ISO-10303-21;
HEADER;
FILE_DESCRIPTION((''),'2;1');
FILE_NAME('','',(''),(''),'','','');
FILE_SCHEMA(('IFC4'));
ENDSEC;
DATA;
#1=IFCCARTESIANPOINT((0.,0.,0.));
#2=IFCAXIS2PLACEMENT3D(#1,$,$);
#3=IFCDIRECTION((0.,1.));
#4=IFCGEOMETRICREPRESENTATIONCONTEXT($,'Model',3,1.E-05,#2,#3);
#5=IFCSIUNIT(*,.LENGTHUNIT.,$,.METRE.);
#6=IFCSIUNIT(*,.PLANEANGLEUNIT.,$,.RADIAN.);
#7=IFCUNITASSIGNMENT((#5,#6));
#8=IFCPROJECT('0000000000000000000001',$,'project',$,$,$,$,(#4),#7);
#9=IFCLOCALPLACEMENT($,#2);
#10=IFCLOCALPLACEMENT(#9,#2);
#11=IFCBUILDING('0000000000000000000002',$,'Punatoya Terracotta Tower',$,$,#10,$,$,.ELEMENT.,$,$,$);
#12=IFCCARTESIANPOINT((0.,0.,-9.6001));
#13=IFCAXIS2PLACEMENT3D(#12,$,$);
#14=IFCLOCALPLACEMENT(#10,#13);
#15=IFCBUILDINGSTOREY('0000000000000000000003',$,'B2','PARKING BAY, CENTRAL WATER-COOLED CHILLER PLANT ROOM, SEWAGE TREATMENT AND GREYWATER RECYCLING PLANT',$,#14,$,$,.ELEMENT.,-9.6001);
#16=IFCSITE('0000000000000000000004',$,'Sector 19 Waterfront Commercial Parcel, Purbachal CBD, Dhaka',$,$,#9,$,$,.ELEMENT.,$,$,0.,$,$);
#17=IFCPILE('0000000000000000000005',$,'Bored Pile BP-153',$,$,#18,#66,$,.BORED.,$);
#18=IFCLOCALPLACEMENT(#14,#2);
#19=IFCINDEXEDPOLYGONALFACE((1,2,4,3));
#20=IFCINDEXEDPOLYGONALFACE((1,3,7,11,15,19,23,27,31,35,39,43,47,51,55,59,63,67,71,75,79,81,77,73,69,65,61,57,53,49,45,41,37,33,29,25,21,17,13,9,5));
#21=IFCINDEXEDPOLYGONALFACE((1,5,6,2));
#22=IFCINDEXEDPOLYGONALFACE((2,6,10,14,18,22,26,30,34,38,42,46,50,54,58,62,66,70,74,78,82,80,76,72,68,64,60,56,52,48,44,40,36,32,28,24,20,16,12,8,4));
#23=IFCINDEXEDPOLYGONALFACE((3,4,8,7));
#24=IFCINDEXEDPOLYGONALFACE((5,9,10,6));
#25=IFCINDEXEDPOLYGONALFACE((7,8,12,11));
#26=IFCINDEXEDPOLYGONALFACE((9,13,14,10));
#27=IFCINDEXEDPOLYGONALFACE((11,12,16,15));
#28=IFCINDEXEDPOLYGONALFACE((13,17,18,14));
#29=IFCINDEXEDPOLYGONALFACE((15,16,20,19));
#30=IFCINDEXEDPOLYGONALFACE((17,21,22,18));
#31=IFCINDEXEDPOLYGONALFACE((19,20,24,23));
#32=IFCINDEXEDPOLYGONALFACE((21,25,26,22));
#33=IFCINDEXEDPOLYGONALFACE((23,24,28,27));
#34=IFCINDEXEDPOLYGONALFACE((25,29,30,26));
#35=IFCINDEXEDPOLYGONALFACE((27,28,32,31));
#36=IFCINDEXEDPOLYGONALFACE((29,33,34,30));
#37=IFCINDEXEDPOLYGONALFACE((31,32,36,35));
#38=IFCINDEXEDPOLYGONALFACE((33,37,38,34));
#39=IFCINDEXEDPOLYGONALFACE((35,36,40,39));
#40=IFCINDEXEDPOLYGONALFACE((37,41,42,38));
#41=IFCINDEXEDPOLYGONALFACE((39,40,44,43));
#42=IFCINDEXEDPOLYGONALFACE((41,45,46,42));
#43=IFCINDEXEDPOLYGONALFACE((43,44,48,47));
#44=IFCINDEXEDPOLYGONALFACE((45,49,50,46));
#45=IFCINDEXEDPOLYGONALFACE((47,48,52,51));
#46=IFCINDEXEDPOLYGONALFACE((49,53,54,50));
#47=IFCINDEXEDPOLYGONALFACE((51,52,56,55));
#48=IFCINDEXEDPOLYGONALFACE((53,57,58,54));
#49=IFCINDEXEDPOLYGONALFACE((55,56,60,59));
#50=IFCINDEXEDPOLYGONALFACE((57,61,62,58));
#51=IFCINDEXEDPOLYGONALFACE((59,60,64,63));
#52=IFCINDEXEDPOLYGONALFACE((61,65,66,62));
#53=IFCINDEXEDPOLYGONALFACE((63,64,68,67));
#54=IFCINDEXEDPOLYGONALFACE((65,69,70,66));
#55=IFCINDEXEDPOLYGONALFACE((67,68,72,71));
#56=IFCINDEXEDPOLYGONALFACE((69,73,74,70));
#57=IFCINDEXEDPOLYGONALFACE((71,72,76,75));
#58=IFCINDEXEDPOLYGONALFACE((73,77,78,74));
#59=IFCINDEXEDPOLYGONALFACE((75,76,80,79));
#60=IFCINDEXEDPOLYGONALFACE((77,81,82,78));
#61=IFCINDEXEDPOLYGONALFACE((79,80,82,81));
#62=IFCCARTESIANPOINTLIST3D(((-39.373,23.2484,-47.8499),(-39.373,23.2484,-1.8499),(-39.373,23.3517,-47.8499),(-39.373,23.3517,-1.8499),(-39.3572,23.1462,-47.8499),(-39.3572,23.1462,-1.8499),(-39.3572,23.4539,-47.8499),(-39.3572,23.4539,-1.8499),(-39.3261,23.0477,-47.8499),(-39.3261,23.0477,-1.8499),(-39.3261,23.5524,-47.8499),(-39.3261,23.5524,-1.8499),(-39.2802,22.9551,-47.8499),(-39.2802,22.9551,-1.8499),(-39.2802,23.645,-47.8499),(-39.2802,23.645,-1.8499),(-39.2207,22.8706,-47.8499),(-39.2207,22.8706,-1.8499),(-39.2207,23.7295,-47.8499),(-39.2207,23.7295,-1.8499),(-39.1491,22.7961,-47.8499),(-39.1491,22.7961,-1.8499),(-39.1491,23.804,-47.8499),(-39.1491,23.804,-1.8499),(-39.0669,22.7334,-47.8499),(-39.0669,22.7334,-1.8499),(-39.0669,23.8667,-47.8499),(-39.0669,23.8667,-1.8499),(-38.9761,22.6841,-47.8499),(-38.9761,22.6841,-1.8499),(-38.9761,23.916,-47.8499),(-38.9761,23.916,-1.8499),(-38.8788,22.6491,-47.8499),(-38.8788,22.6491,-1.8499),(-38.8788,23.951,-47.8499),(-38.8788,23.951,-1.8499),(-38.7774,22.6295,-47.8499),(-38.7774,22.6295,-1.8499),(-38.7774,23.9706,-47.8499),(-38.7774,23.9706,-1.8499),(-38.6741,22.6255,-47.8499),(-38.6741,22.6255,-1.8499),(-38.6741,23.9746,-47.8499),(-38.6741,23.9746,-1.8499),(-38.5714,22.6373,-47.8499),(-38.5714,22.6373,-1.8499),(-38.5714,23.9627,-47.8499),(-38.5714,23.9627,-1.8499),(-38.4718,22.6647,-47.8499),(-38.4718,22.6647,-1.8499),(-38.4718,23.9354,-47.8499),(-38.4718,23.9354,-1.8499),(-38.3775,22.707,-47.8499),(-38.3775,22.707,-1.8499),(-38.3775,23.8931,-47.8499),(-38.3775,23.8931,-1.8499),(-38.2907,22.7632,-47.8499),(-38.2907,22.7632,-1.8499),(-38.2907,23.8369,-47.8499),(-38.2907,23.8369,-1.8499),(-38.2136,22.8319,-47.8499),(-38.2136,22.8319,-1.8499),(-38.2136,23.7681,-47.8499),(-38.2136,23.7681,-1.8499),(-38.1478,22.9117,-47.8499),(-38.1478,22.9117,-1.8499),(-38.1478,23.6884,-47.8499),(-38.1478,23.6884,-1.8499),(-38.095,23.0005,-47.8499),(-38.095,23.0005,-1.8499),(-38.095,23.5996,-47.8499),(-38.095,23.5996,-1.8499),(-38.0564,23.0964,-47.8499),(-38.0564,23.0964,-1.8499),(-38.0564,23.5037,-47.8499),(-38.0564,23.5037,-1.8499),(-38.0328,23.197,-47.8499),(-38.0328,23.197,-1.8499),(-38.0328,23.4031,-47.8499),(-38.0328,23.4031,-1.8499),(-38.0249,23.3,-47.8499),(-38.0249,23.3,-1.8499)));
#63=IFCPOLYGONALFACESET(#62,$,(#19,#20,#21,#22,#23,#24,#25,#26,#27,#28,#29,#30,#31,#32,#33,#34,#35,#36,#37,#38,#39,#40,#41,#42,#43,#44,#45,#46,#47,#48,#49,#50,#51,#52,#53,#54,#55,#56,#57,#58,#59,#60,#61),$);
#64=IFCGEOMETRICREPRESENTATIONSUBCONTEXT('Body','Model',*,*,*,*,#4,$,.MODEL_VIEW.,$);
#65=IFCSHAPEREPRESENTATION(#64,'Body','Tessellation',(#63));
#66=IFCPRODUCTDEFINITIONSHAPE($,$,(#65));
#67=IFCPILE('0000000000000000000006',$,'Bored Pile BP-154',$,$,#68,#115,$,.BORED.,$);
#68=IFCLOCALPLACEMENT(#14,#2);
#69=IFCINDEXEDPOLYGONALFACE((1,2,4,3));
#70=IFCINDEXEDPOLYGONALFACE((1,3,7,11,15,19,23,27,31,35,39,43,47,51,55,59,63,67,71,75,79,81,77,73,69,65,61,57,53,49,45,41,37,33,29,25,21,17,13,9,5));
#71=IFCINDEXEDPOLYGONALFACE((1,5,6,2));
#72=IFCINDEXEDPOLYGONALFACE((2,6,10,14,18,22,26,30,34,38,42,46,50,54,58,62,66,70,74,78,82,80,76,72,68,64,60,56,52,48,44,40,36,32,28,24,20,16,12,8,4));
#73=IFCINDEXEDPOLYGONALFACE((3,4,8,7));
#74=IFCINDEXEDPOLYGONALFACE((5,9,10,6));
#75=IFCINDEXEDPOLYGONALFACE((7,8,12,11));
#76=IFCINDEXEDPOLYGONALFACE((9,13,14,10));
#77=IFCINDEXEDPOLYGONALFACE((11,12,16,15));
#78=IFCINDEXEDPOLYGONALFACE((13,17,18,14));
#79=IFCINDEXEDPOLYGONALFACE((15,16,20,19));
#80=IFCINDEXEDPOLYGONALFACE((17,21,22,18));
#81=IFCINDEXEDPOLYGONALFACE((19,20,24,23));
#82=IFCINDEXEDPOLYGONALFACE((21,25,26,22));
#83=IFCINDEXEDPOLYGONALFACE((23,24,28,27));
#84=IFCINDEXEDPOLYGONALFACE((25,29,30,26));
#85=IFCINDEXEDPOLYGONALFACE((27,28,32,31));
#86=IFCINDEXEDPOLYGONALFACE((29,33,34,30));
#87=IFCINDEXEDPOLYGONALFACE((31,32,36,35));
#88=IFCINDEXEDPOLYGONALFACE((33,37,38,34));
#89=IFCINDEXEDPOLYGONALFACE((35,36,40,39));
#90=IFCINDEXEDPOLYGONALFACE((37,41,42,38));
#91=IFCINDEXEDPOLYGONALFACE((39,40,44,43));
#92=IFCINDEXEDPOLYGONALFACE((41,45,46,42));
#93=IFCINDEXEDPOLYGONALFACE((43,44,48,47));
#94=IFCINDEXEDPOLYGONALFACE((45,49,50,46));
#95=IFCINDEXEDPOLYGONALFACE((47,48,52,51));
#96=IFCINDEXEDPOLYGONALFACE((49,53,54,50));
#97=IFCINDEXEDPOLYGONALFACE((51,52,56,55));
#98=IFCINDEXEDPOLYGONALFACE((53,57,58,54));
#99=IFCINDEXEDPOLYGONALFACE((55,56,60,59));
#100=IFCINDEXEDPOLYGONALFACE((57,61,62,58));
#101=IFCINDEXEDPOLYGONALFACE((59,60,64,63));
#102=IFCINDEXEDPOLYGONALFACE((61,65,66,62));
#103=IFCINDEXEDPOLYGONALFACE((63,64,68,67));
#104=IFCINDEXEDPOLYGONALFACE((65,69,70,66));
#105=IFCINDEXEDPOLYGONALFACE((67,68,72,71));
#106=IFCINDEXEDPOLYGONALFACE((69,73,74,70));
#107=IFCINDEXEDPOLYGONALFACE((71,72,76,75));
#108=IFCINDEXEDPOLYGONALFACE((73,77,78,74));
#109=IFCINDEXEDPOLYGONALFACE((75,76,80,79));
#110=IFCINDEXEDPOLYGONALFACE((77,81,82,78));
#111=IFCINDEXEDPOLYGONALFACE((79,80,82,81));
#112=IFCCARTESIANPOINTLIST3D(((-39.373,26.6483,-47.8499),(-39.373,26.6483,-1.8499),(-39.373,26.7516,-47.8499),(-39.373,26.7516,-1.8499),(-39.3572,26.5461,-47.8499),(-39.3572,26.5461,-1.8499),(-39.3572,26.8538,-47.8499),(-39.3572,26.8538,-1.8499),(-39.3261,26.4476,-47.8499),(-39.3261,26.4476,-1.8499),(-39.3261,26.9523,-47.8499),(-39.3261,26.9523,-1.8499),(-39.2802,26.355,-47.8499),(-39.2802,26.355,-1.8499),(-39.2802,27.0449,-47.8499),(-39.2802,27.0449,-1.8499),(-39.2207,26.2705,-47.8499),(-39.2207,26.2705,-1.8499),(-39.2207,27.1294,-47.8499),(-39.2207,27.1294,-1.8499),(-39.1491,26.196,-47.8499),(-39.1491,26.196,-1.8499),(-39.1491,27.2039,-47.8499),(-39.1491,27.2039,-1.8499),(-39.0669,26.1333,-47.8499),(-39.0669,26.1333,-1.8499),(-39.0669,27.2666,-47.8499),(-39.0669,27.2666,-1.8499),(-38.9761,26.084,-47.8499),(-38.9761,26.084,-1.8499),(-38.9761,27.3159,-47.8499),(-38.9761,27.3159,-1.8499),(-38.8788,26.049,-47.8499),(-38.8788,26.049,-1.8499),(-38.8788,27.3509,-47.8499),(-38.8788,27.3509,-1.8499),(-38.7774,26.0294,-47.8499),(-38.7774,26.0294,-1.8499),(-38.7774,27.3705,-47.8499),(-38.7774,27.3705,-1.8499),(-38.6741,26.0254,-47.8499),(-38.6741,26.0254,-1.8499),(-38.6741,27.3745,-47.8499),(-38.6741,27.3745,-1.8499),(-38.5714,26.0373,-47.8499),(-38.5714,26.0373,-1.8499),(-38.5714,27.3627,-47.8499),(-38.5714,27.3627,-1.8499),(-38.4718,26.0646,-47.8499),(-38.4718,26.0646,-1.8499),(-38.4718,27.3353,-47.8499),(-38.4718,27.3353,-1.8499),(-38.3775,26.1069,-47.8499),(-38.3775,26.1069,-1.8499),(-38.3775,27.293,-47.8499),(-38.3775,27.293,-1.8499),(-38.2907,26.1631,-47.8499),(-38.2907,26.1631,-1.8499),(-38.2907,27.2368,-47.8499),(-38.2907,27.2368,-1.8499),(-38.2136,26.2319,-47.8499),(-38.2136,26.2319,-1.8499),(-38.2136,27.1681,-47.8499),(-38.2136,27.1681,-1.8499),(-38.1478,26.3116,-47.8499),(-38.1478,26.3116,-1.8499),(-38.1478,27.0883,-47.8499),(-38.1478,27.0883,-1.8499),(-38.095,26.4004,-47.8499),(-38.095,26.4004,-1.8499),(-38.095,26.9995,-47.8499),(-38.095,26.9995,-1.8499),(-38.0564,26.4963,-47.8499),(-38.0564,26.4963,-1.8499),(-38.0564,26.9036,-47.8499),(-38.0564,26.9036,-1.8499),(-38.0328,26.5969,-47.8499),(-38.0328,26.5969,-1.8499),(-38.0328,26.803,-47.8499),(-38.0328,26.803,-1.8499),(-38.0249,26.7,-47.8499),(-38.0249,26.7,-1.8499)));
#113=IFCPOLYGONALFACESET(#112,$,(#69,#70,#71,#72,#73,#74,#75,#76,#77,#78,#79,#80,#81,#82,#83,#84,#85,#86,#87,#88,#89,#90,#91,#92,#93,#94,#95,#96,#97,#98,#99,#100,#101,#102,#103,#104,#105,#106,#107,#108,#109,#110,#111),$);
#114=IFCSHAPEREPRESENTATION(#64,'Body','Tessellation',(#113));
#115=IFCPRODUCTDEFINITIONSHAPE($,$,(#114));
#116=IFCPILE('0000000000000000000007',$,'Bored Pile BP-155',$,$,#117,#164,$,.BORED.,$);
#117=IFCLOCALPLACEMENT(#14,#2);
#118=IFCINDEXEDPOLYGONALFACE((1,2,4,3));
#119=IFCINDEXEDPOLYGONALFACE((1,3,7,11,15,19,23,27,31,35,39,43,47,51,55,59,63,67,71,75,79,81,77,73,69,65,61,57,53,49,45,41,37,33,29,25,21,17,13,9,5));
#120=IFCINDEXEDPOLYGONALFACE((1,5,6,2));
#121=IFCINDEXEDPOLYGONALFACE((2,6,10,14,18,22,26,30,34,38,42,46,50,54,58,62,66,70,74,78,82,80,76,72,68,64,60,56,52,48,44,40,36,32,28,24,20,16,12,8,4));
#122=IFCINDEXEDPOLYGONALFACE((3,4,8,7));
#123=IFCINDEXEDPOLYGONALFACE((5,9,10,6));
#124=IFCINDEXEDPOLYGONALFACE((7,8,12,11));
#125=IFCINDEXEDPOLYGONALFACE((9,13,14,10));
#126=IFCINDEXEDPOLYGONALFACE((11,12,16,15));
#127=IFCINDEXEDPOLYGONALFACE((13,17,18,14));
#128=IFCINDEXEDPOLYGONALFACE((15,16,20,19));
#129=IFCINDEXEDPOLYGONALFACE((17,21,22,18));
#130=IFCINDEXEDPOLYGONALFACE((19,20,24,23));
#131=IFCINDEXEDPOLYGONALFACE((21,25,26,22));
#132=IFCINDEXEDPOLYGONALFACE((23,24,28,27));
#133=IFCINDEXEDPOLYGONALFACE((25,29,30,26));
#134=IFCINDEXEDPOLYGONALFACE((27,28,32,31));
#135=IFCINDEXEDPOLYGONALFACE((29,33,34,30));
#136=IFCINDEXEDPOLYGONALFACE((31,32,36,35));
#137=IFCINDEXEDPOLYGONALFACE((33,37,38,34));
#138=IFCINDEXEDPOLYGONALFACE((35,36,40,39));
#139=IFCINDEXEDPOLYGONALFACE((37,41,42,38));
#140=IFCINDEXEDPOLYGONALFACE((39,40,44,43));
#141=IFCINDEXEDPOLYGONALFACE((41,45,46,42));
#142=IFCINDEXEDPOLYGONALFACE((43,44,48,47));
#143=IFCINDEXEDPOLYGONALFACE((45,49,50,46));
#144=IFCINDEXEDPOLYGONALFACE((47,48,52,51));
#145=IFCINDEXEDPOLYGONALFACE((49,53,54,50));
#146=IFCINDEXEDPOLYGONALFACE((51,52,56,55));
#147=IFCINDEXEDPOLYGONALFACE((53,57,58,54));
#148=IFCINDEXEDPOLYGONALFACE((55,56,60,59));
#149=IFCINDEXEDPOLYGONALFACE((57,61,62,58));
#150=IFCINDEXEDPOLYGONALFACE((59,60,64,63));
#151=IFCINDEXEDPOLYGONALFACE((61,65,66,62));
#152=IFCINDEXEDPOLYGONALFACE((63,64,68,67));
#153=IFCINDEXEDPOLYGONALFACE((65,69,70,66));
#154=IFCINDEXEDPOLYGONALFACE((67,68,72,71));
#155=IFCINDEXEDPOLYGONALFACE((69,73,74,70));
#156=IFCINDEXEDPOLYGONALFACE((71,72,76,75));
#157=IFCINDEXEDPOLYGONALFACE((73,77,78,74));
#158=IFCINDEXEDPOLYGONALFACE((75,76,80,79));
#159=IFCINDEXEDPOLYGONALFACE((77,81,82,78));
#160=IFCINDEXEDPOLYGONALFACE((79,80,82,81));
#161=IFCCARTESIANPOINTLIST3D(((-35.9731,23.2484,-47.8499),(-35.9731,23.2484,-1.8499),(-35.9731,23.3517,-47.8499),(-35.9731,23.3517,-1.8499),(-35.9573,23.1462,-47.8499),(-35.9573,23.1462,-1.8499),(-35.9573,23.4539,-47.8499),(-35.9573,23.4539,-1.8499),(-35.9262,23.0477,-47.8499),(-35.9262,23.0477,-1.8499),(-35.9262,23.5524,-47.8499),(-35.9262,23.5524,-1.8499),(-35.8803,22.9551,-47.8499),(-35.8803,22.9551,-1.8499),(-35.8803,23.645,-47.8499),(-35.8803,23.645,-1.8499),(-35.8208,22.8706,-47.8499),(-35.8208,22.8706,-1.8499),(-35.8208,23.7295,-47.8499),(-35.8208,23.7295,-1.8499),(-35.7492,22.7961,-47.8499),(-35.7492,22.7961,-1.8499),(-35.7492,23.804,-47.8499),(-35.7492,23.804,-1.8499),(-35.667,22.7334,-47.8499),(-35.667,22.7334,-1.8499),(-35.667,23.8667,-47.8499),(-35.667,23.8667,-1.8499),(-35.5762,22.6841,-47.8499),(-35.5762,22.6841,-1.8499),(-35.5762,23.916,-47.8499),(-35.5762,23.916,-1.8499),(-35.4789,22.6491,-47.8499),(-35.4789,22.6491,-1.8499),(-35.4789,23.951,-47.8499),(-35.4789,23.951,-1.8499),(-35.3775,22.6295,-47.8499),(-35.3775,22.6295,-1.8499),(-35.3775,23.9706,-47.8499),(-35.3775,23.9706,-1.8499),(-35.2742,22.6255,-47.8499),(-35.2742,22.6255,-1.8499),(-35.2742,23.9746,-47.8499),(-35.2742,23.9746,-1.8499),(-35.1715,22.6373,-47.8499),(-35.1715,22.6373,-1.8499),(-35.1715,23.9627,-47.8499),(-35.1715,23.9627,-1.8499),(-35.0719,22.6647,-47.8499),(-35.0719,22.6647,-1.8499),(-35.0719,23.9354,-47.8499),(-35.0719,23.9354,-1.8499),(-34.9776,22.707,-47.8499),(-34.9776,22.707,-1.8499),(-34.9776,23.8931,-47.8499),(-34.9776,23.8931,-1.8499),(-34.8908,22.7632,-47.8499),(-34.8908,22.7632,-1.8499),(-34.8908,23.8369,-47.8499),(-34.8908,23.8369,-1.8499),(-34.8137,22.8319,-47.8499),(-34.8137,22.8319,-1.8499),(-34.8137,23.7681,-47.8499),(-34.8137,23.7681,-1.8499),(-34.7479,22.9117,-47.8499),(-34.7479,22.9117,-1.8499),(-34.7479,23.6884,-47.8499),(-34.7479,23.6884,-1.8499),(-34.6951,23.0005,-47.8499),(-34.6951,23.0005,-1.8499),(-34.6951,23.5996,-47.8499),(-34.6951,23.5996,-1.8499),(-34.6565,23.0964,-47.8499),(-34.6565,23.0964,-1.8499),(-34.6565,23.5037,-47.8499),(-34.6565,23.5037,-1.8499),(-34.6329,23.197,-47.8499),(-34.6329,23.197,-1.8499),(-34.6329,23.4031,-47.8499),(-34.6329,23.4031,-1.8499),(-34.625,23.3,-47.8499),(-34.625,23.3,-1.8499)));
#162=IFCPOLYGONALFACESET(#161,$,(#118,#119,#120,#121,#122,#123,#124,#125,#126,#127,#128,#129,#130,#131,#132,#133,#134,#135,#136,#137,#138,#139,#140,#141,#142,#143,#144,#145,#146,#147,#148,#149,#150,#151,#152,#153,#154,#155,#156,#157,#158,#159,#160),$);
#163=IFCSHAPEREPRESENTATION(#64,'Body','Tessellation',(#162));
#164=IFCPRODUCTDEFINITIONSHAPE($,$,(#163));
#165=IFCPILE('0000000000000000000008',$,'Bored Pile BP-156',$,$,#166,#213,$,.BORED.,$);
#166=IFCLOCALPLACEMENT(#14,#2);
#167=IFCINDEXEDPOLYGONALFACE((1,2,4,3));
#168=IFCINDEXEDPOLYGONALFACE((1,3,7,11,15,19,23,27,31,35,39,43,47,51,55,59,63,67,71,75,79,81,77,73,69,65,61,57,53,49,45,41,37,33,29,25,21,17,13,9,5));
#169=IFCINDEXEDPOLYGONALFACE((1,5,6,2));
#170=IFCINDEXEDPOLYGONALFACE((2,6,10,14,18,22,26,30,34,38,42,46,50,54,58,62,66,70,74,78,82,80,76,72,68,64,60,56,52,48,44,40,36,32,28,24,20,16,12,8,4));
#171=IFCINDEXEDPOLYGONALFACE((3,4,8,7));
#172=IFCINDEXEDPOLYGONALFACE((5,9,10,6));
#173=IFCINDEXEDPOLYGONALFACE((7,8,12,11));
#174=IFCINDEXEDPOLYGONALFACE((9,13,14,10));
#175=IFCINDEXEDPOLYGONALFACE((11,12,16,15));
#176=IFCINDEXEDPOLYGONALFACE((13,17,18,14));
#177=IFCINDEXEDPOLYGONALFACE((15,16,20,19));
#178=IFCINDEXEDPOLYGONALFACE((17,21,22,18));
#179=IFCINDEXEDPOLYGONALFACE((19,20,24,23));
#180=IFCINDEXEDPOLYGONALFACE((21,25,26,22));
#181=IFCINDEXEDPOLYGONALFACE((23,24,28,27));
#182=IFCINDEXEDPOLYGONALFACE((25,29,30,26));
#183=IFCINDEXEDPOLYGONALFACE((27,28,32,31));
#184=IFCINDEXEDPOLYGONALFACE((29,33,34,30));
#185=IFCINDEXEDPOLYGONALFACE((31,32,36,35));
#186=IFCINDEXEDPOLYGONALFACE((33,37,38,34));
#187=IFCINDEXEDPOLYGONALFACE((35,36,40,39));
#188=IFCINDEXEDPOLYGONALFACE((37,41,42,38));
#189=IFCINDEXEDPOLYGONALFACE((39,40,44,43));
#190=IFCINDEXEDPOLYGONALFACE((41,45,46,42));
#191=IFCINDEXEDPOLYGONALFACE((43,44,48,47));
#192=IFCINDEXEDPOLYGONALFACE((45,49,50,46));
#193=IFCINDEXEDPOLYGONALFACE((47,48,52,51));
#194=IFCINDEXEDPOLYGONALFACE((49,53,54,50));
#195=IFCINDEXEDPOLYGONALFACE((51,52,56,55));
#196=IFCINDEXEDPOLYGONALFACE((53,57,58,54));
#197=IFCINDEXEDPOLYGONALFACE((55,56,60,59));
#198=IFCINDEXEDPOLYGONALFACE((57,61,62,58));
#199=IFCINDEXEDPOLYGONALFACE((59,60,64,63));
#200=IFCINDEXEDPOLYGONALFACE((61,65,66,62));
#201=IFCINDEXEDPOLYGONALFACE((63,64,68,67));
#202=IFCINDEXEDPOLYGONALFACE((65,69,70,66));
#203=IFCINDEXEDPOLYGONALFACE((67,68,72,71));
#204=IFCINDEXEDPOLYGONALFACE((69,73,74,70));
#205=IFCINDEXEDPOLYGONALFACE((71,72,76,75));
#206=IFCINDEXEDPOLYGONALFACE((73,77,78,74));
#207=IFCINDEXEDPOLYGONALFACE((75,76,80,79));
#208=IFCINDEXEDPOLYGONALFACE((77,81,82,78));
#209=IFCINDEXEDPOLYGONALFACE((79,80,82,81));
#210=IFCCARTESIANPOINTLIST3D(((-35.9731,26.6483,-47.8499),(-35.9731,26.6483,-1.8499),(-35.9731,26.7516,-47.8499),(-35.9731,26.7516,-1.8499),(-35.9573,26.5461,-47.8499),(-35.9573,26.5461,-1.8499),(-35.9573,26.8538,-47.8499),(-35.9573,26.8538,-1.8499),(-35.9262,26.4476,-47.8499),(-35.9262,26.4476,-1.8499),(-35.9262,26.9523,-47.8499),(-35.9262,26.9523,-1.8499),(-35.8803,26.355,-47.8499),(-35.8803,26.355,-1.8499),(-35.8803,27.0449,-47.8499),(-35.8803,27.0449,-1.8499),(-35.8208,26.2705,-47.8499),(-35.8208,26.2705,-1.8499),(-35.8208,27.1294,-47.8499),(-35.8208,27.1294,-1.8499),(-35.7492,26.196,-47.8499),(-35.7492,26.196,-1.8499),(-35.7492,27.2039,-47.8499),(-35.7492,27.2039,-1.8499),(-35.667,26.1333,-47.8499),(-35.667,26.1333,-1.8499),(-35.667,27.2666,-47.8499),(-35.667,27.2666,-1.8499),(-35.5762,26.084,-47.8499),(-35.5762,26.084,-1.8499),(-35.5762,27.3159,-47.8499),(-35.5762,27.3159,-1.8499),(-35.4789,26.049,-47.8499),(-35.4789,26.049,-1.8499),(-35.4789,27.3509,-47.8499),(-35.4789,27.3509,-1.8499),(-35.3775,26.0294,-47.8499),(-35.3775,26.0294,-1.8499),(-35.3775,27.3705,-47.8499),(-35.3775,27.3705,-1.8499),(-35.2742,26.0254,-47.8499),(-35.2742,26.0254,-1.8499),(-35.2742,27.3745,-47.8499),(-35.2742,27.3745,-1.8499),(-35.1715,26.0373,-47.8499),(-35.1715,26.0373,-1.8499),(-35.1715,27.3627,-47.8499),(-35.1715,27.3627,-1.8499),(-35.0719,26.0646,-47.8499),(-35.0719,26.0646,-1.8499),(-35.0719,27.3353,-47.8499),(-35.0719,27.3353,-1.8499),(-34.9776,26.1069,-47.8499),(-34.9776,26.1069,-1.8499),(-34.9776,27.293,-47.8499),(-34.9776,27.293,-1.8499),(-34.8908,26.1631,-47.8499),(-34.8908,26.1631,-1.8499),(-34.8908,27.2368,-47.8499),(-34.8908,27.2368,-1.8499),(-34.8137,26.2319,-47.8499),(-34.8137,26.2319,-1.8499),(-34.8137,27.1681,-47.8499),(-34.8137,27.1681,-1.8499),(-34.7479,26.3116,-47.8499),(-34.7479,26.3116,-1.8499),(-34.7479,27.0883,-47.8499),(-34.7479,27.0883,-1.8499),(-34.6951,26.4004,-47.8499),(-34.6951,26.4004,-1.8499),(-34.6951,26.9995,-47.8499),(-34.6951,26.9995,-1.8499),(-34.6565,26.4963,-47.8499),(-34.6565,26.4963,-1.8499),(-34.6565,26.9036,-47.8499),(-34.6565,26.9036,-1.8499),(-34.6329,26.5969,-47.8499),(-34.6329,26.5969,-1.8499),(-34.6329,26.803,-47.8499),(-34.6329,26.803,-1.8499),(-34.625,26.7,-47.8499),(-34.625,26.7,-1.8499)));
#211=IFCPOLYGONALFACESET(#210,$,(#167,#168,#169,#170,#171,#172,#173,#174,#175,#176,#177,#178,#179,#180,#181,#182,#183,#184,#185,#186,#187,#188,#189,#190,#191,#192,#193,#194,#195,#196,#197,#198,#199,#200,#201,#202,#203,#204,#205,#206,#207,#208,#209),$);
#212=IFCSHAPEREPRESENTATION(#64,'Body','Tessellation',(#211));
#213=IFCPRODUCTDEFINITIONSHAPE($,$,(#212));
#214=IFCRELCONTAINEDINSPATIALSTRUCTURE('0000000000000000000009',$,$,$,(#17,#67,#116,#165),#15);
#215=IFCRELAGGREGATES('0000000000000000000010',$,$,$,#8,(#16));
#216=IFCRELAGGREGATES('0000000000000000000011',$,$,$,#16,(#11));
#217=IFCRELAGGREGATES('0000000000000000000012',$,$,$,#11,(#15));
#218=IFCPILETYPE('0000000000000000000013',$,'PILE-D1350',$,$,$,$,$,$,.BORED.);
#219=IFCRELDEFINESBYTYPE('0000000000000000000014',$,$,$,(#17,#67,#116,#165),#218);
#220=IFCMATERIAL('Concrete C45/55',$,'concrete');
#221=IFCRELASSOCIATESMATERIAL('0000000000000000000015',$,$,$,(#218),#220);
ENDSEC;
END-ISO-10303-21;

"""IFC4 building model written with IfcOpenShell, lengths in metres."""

from ifc_helpers import new_model, si_unit, direction, frame, origin, origin_2d, place, context, subcontext, project, spatial, circle, extrude, material, material_profile, profile_set, type_object, element, save


model = new_model("IFC4")

# Units and contexts
model_context = context("Model", 3, precision=1e-05, world=origin(), true_north=direction((0.0, 1.0)))
body_context = subcontext(model_context, "Body", "Model", "MODEL_VIEW")
ifc_project = project(units=[si_unit("LENGTHUNIT", "METRE"), si_unit("PLANEANGLEUNIT", "RADIAN")], contexts=[model_context])

# Site, building, storey
site_placement = place(None, origin())
site = spatial("IfcSite", under=ifc_project, at=site_placement, Name="Sector 19 Waterfront Commercial Parcel, Purbachal CBD, Dhaka", CompositionType="ELEMENT", RefElevation=0.0)
building_placement = place(site_placement, origin())
building = spatial("IfcBuilding", under=site, at=building_placement, Name="Punatoya Terracotta Tower", CompositionType="ELEMENT")
storey_placement = place(building_placement, frame((0.0, 0.0, -9.6001)))
storey = spatial("IfcBuildingStorey", under=building, at=storey_placement, Name="B2", Description="PARKING BAY, CENTRAL WATER-COOLED CHILLER PLANT ROOM, SEWAGE TREATMENT AND GREYWATER RECYCLING PLANT", CompositionType="ELEMENT", Elevation=-9.6001)

# Shared definitions
ifc_material_1 = material(Name="Concrete C45/55", Category="concrete")

# Piles
ifc_material_profile_1 = material_profile(ifc_material_1, circle(Radius=0.675, at=origin_2d()))
ifc_profile_set_1 = profile_set([ifc_material_profile_1], Name="Concrete C45/55")
pile_type_1 = type_object("IfcPileType", Name="PILE-D1350", PredefinedType="BORED", material=ifc_profile_set_1)
for number, where, z_axis, x_axis, name in (
    (1, (-38.7, 23.3, -1.8499), (0.0, 0.0, -1.0), (1.0, 0.0, 0.0), "Bored Pile BP-153"),
    (2, (-38.7, 26.7, -1.8499), (0.0, 0.0, -1.0), (1.0, 0.0, 0.0), "Bored Pile BP-154"),
    (3, (-35.3, 23.3, -1.8499), (0.0, 0.0, -1.0), (1.0, 0.0, 0.0), "Bored Pile BP-155"),
    (4, (-35.3, 26.7, -1.8499), (0.0, 0.0, -1.0), (1.0, 0.0, 0.0), "Bored Pile BP-156"),
):
    element("IfcPile", number, at=place(storey_placement, frame(where, z_axis=z_axis, x_axis=x_axis)), inside=storey, type_object=pile_type_1, Name=name, PredefinedType="BORED", context=body_context, shape_type="SweptSolid", body=[
        extrude(circle(Radius=0.675, at=origin_2d()), origin(), (0.0, 0.0, 1.0), 46.0),
    ])

save(model, "model.ifc")
